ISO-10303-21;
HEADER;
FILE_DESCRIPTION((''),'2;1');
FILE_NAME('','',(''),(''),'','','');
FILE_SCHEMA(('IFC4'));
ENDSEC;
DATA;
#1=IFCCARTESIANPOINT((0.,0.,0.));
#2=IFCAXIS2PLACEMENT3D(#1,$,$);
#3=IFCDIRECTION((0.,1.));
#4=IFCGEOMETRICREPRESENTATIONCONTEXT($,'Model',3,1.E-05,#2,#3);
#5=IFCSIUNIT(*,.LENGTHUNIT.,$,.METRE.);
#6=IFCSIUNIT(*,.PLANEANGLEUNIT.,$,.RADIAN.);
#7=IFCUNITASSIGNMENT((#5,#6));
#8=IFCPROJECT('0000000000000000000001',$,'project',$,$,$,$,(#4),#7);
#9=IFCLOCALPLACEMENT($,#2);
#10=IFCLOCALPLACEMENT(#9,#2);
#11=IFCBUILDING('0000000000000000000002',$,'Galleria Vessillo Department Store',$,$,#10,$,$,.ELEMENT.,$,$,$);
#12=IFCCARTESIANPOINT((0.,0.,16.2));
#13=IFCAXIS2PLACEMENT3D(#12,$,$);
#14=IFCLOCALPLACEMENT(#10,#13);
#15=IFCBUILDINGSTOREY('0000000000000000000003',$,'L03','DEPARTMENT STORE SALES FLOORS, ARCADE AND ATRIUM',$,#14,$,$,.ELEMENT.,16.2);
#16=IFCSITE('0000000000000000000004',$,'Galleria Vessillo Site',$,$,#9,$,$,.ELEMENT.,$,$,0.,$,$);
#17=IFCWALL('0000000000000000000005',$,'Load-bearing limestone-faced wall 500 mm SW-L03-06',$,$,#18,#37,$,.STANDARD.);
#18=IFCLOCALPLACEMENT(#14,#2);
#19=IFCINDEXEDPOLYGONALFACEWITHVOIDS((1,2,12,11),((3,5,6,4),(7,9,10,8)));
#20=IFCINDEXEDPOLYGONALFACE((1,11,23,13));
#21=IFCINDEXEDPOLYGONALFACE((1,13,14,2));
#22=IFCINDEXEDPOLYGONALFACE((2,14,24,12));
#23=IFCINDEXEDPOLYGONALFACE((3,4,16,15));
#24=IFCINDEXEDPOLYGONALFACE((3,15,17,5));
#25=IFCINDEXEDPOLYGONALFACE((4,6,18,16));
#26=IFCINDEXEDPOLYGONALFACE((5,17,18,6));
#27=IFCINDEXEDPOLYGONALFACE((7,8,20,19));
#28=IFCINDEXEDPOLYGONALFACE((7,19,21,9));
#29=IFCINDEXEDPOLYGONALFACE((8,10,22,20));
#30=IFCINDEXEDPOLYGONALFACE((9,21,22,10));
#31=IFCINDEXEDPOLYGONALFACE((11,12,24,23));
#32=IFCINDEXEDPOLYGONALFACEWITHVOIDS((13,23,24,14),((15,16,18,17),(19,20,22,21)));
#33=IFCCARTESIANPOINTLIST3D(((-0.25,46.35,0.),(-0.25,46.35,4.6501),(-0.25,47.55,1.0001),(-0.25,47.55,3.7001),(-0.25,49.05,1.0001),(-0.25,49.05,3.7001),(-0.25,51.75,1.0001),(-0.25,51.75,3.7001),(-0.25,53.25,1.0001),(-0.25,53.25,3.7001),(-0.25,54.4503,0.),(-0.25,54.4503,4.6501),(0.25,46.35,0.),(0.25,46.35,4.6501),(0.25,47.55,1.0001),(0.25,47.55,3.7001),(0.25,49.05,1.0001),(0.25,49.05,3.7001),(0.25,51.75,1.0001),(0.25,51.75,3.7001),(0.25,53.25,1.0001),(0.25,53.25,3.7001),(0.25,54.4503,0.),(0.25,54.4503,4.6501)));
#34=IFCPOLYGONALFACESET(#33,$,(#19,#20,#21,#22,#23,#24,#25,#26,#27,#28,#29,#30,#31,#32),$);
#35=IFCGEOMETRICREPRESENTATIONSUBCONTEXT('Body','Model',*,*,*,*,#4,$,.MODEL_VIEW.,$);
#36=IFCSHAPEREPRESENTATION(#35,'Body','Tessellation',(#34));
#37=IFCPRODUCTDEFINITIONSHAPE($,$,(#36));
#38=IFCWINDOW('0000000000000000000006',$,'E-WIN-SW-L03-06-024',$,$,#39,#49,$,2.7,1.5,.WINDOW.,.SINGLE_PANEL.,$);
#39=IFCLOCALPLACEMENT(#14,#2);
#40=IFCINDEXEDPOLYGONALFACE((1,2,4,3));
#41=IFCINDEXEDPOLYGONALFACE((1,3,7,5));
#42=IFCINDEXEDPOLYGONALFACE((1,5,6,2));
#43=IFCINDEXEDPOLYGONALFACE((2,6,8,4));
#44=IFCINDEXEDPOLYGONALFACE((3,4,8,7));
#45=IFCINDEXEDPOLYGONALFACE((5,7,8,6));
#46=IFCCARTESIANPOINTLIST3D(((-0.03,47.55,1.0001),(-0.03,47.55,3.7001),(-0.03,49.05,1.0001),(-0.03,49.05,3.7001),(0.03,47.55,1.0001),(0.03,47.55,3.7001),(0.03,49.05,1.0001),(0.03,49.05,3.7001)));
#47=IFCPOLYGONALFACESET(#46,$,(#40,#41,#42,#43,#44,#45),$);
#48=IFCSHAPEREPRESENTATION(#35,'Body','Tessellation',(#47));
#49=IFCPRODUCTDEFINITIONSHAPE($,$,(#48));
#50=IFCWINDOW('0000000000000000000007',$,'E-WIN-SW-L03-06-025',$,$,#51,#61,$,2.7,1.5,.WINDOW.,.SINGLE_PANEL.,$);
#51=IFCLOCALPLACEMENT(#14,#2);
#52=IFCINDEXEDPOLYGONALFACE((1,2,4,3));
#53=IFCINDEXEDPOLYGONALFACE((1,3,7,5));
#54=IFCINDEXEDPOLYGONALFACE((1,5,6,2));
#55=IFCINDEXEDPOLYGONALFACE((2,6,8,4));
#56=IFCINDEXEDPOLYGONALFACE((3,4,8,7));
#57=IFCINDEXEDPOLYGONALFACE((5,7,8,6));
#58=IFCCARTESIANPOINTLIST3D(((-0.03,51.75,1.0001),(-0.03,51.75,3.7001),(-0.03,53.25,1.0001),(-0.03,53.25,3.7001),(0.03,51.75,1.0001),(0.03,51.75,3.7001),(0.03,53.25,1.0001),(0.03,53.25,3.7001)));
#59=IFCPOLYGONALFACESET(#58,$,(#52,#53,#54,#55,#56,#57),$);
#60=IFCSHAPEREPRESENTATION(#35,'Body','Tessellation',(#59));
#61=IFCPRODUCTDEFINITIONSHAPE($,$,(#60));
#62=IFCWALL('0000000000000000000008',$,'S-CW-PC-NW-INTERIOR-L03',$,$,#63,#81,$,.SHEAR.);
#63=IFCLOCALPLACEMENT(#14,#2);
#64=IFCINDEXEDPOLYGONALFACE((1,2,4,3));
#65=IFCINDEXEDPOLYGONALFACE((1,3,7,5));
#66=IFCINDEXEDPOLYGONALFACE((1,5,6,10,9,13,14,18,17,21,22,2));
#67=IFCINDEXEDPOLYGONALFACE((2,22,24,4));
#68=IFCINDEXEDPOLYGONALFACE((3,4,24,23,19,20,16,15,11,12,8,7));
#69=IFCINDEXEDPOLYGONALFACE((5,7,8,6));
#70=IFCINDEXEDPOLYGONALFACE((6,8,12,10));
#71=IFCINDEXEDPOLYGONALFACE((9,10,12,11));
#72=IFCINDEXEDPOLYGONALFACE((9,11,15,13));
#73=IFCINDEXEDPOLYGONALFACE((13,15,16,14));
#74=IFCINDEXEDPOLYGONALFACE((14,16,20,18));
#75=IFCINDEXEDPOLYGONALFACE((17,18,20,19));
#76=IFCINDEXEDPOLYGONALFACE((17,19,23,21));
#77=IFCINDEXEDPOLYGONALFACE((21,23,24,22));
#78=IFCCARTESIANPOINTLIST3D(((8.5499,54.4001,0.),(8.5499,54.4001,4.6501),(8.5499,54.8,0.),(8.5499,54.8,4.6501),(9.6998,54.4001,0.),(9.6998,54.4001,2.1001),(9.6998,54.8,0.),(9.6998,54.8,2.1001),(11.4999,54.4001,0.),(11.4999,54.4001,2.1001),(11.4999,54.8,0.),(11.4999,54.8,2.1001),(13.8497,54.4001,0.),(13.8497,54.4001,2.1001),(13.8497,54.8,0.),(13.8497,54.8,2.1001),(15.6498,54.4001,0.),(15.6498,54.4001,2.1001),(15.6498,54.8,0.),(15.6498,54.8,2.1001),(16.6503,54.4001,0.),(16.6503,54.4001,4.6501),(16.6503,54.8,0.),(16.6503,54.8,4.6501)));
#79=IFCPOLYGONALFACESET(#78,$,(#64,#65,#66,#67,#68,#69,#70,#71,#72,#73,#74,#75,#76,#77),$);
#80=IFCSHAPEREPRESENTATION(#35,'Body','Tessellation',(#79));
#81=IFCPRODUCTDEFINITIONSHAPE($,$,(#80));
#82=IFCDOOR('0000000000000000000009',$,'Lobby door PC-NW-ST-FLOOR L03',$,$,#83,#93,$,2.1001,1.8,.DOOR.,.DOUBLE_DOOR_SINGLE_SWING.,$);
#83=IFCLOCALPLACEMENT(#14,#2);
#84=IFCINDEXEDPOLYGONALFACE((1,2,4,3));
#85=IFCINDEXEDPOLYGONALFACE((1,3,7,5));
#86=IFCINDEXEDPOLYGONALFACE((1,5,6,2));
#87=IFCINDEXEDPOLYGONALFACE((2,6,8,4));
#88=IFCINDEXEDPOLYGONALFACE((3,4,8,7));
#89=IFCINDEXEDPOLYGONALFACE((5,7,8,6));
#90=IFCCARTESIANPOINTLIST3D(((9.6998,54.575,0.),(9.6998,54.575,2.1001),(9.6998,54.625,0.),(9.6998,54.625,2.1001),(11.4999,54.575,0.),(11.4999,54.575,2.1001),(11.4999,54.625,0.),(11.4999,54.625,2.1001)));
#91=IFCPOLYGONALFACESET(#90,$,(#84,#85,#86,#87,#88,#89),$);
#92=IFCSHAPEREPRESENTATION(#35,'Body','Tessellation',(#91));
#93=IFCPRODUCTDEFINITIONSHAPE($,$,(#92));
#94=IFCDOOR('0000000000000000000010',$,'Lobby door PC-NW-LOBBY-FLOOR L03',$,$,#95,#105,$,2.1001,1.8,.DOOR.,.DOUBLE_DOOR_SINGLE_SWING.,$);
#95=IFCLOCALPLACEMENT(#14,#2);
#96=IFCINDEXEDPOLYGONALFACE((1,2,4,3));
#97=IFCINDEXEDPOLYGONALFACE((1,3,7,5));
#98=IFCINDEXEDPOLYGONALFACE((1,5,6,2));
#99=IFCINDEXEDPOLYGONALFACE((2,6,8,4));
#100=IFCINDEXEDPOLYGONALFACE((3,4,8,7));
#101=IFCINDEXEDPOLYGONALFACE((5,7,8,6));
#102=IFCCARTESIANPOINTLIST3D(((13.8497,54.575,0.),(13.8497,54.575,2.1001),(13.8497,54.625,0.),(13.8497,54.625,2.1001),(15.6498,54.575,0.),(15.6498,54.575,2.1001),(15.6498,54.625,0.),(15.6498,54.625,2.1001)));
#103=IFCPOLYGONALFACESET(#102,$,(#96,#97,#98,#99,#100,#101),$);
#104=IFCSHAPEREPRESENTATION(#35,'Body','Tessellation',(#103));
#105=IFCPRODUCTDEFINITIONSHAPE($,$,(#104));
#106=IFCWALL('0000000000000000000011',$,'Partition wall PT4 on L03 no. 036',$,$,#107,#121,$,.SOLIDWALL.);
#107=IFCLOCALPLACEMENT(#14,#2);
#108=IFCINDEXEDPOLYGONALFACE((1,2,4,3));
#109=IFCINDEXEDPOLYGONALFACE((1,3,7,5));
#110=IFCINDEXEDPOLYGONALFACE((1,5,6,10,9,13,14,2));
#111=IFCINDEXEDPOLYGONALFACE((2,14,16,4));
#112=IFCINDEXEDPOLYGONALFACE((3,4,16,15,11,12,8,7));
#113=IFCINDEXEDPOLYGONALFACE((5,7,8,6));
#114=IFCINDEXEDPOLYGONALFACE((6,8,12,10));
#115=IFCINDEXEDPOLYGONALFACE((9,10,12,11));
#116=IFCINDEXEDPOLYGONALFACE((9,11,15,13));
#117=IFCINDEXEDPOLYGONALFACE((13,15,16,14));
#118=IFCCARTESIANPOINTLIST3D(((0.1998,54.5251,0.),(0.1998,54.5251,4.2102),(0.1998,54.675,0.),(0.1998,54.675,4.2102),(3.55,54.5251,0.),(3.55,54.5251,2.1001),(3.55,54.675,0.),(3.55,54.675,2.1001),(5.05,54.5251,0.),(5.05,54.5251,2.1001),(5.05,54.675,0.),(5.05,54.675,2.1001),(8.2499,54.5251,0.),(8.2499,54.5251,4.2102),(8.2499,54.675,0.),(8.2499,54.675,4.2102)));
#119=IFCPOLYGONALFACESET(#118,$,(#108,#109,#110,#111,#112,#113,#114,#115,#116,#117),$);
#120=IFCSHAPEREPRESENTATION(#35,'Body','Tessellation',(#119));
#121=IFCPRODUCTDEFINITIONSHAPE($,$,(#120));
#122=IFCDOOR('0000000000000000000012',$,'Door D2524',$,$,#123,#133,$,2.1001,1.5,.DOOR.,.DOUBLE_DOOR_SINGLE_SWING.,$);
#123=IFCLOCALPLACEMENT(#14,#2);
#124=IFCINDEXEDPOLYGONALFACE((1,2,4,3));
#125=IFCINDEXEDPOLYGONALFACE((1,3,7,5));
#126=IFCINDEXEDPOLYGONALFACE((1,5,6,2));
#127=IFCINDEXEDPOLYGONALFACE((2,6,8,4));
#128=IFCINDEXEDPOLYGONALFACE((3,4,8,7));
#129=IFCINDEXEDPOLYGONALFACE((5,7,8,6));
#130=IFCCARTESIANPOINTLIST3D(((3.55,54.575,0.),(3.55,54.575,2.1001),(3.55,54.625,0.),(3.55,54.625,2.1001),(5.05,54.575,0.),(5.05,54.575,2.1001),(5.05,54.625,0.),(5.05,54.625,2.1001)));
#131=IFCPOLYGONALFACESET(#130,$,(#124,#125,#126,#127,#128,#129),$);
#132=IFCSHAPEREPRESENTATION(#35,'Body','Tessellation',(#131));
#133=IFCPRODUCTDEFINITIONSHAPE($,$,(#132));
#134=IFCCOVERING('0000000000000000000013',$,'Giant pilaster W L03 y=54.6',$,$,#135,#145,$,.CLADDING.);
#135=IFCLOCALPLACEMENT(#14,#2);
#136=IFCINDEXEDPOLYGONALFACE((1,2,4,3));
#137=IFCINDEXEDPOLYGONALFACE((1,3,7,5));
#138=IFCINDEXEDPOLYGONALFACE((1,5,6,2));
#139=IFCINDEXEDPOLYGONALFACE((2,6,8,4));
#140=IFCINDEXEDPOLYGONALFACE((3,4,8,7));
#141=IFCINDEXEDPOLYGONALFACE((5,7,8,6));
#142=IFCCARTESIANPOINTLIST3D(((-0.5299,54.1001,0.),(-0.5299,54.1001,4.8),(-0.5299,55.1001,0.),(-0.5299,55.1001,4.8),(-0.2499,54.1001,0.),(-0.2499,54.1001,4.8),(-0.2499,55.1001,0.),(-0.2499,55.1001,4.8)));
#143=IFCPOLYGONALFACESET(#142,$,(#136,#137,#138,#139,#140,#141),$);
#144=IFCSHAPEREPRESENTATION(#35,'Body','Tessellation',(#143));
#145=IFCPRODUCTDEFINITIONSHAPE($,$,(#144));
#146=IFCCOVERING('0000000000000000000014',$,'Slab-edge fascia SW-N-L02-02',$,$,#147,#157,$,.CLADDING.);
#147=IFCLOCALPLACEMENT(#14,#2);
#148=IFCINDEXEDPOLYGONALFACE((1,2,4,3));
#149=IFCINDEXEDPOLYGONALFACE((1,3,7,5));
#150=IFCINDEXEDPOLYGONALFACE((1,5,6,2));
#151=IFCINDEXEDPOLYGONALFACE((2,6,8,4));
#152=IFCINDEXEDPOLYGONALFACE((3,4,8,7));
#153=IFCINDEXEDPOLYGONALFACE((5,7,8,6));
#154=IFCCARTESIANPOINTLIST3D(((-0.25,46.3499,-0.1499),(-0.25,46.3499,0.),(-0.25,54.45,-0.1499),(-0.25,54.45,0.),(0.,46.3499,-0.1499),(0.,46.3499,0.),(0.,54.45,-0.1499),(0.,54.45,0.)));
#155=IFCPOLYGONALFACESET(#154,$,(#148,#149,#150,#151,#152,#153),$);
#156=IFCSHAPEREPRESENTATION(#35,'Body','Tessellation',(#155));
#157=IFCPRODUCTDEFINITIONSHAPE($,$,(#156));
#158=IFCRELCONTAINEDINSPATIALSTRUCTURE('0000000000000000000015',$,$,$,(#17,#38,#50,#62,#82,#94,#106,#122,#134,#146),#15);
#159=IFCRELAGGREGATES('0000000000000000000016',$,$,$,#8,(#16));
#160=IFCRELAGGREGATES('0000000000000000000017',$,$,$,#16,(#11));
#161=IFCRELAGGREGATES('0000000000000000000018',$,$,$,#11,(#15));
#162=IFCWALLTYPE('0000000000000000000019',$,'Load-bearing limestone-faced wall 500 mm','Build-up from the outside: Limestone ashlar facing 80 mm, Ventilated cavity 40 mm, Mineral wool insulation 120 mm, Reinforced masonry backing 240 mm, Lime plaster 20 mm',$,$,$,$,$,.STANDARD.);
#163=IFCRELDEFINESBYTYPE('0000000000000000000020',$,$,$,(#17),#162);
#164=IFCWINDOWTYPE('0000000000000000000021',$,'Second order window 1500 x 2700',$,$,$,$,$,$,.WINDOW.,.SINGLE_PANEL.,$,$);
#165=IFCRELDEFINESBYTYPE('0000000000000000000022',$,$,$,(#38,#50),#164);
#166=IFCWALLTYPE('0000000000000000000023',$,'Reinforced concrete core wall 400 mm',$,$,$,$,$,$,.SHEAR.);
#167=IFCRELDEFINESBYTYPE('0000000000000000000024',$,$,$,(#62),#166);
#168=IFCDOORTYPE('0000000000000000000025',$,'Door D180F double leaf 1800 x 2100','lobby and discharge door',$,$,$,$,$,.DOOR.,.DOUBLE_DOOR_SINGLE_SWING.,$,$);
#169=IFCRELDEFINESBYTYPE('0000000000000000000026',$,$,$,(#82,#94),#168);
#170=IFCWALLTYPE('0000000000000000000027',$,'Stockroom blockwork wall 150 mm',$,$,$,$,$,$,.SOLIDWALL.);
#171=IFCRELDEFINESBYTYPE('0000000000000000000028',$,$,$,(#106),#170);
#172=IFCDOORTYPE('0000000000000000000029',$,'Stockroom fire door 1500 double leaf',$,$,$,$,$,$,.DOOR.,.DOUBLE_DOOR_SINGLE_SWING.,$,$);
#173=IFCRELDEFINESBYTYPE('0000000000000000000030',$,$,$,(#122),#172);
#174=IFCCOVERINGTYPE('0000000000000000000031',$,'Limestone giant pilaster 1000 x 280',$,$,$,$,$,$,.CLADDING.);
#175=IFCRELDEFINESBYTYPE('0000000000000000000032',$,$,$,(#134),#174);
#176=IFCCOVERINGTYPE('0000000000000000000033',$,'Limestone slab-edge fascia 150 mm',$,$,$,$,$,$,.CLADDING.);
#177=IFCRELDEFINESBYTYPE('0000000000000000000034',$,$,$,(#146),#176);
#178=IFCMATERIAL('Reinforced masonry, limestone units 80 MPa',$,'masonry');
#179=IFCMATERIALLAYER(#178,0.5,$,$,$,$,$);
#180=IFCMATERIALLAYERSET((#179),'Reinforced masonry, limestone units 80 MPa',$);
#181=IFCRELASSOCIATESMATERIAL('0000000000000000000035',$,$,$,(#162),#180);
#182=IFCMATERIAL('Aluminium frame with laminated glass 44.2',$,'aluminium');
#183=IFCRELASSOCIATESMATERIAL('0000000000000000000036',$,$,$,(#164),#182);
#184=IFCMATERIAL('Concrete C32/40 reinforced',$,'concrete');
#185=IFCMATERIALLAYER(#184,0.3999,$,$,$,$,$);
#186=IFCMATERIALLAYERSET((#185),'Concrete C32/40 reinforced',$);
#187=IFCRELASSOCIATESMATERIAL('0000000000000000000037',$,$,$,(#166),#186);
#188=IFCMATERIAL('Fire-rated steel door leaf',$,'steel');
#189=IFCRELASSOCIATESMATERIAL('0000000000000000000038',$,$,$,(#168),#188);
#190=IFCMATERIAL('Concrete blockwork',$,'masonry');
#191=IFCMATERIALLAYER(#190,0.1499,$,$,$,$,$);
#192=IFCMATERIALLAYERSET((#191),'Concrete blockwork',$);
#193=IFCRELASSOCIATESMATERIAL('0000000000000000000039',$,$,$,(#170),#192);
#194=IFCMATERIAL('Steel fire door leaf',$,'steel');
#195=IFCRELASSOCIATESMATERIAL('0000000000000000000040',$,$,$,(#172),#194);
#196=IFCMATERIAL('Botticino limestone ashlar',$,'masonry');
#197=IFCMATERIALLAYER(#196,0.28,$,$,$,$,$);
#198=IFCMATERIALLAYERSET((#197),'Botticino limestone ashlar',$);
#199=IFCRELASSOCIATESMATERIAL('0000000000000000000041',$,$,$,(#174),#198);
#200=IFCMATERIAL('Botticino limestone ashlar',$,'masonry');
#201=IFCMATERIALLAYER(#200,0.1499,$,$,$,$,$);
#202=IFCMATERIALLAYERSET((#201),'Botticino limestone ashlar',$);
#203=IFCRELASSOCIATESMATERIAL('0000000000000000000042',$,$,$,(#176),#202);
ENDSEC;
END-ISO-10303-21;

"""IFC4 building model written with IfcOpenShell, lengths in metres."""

from ifc_helpers import new_model, si_unit, direction, frame, frame_2d, origin, origin_2d, place, context, subcontext, project, spatial, rectangle, extrude, material, layer, layer_set, type_object, element, fill, save


model = new_model("IFC4")

# Units and contexts
model_context = context("Model", 3, precision=1e-05, world=origin(), true_north=direction((0.0, 1.0)))
body_context = subcontext(model_context, "Body", "Model", "MODEL_VIEW")
ifc_project = project(units=[si_unit("LENGTHUNIT", "METRE"), si_unit("PLANEANGLEUNIT", "RADIAN")], contexts=[model_context])

# Site, building, storey
site_placement = place(None, origin())
site = spatial("IfcSite", under=ifc_project, at=site_placement, Name="Galleria Vessillo Site", CompositionType="ELEMENT", RefElevation=0.0)
building_placement = place(site_placement, origin())
building = spatial("IfcBuilding", under=site, at=building_placement, Name="Galleria Vessillo Department Store", CompositionType="ELEMENT")
storey_placement = place(building_placement, frame((0.0, 0.0, 16.2)))
storey = spatial("IfcBuildingStorey", under=building, at=storey_placement, Name="L03", Description="DEPARTMENT STORE SALES FLOORS, ARCADE AND ATRIUM", CompositionType="ELEMENT", Elevation=16.2)

# Wall, openings, windows
ifc_material_1 = material(Name="Reinforced masonry, limestone units 80 MPa", Category="masonry")
ifc_layer_1 = layer(ifc_material_1, 0.5)
ifc_layer_set_1 = layer_set([ifc_layer_1], Name="Reinforced masonry, limestone units 80 MPa")
wall_type_1 = type_object("IfcWallType", Name="Load-bearing limestone-faced wall 500 mm", Description="Build-up from the outside: Limestone ashlar facing 80 mm, Ventilated cavity 40 mm, Mineral wool insulation 120 mm, Reinforced masonry backing 240 mm, Lime plaster 20 mm", PredefinedType="STANDARD", material=ifc_layer_set_1)
wall_1_placement = place(storey_placement, frame((0.0, 46.3499, 0.0), z_axis=(0.0, 0.0, 1.0), x_axis=(0.0, 1.0, 0.0)))
wall_1 = element("IfcWall", 1, at=wall_1_placement, inside=storey, type_object=wall_type_1, Name="Load-bearing limestone-faced wall 500 mm SW-L03-06", PredefinedType="STANDARD", context=body_context, shape_type="SweptSolid", body=[
    extrude(rectangle(XDim=8.1003, YDim=0.5, at=frame_2d((4.0503, 0.0))), origin(), (0.0, 0.0, 1.0), 4.6501),
])
opening_1_placement = place(wall_1_placement, frame((1.2002, 0.0, 1.0)))
opening_1 = element("IfcOpeningElement", 2, at=opening_1_placement, cuts=wall_1, PredefinedType="OPENING", context=body_context, shape_type="SweptSolid", body=[
    extrude(rectangle(XDim=1.5, YDim=2.7, at=frame_2d((0.75, 1.3501))), frame((0.0, 0.26, 0.0), z_axis=(0.0, -1.0, 0.0), x_axis=(1.0, 0.0, 0.0)), (0.0, 0.0, 1.0), 0.52),
])
opening_2_placement = place(wall_1_placement, frame((5.4001, 0.0, 1.0)))
opening_2 = element("IfcOpeningElement", 3, at=opening_2_placement, cuts=wall_1, PredefinedType="OPENING", context=body_context, shape_type="SweptSolid", body=[
    extrude(rectangle(XDim=1.5, YDim=2.7, at=frame_2d((0.75, 1.3501))), frame((0.0, 0.26, 0.0), z_axis=(0.0, -1.0, 0.0), x_axis=(1.0, 0.0, 0.0)), (0.0, 0.0, 1.0), 0.52),
])
ifc_material_2 = material(Name="Aluminium frame with laminated glass 44.2", Category="aluminium")
window_type = type_object("IfcWindowType", Name="Second order window 1500 x 2700", PartitioningType="SINGLE_PANEL", PredefinedType="WINDOW", material=ifc_material_2)
window_1_placement = place(opening_1_placement, origin())
window_1 = element("IfcWindow", 4, at=window_1_placement, inside=storey, type_object=window_type, Name="E-WIN-SW-L03-06-024", OverallHeight=2.7, OverallWidth=1.5, PartitioningType="SINGLE_PANEL", PredefinedType="WINDOW", context=body_context, shape_type="SweptSolid", body=[
    extrude(rectangle(XDim=1.5, YDim=2.7, at=frame_2d((0.75, 1.3501))), frame((0.0, 0.03, 0.0), z_axis=(0.0, -1.0, 0.0), x_axis=(1.0, 0.0, 0.0)), (0.0, 0.0, 1.0), 0.0601),
])
fill(opening_1, window_1)
window_2_placement = place(opening_2_placement, origin())
window_2 = element("IfcWindow", 5, at=window_2_placement, inside=storey, type_object=window_type, Name="E-WIN-SW-L03-06-025", OverallHeight=2.7, OverallWidth=1.5, PartitioningType="SINGLE_PANEL", PredefinedType="WINDOW", context=body_context, shape_type="SweptSolid", body=[
    extrude(rectangle(XDim=1.5, YDim=2.7, at=frame_2d((0.75, 1.3501))), frame((0.0, 0.03, 0.0), z_axis=(0.0, -1.0, 0.0), x_axis=(1.0, 0.0, 0.0)), (0.0, 0.0, 1.0), 0.0601),
])
fill(opening_2, window_2)

# Wall, openings, doors
ifc_material_3 = material(Name="Concrete C32/40 reinforced", Category="concrete")
ifc_layer_2 = layer(ifc_material_3, 0.3999)
ifc_layer_set_2 = layer_set([ifc_layer_2], Name="Concrete C32/40 reinforced")
wall_type_2 = type_object("IfcWallType", Name="Reinforced concrete core wall 400 mm", PredefinedType="SHEAR", material=ifc_layer_set_2)
wall_2_placement = place(storey_placement, frame((8.5498, 54.6001, 0.0), z_axis=(0.0, 0.0, 1.0), x_axis=(1.0, 0.0, 0.0)))
wall_2 = element("IfcWall", 6, at=wall_2_placement, inside=storey, type_object=wall_type_2, Name="S-CW-PC-NW-INTERIOR-L03", PredefinedType="SHEAR", context=body_context, shape_type="SweptSolid", body=[
    extrude(rectangle(XDim=8.1003, YDim=0.3999, at=frame_2d((4.0503, 0.0))), origin(), (0.0, 0.0, 1.0), 4.6501),
])
opening_3_placement = place(wall_2_placement, frame((1.1501, 0.0, 0.0)))
opening_3 = element("IfcOpeningElement", 7, at=opening_3_placement, cuts=wall_2, PredefinedType="OPENING", context=body_context, shape_type="SweptSolid", body=[
    extrude(rectangle(XDim=1.8, YDim=2.1001, at=frame_2d((0.8999, 1.05))), frame((0.0, 0.21, 0.0), z_axis=(0.0, -1.0, 0.0), x_axis=(1.0, 0.0, 0.0)), (0.0, 0.0, 1.0), 0.4199),
])
opening_4_placement = place(wall_2_placement, frame((5.3, 0.0, 0.0)))
opening_4 = element("IfcOpeningElement", 8, at=opening_4_placement, cuts=wall_2, PredefinedType="OPENING", context=body_context, shape_type="SweptSolid", body=[
    extrude(rectangle(XDim=1.8, YDim=2.1001, at=frame_2d((0.8999, 1.05))), frame((0.0, 0.21, 0.0), z_axis=(0.0, -1.0, 0.0), x_axis=(1.0, 0.0, 0.0)), (0.0, 0.0, 1.0), 0.4199),
])
ifc_material_4 = material(Name="Fire-rated steel door leaf", Category="steel")
door_type_1 = type_object("IfcDoorType", Name="Door D180F double leaf 1800 x 2100", Description="lobby and discharge door", OperationType="DOUBLE_DOOR_SINGLE_SWING", PredefinedType="DOOR", material=ifc_material_4)
door_1_placement = place(opening_3_placement, origin())
door_1 = element("IfcDoor", 9, at=door_1_placement, inside=storey, type_object=door_type_1, Name="Lobby door PC-NW-ST-FLOOR L03", OperationType="DOUBLE_DOOR_SINGLE_SWING", OverallHeight=2.1001, OverallWidth=1.8, PredefinedType="DOOR", context=body_context, shape_type="SweptSolid", body=[
    extrude(rectangle(XDim=1.8, YDim=2.1001, at=frame_2d((0.8999, 1.05))), frame((0.0, 0.0249, 0.0), z_axis=(0.0, -1.0, 0.0), x_axis=(1.0, 0.0, 0.0)), (0.0, 0.0, 1.0), 0.05),
])
fill(opening_3, door_1)
door_2_placement = place(opening_4_placement, origin())
door_2 = element("IfcDoor", 10, at=door_2_placement, inside=storey, type_object=door_type_1, Name="Lobby door PC-NW-LOBBY-FLOOR L03", OperationType="DOUBLE_DOOR_SINGLE_SWING", OverallHeight=2.1001, OverallWidth=1.8, PredefinedType="DOOR", context=body_context, shape_type="SweptSolid", body=[
    extrude(rectangle(XDim=1.8, YDim=2.1001, at=frame_2d((0.8999, 1.05))), frame((0.0, 0.0249, 0.0), z_axis=(0.0, -1.0, 0.0), x_axis=(1.0, 0.0, 0.0)), (0.0, 0.0, 1.0), 0.05),
])
fill(opening_4, door_2)

# Wall, opening, door
ifc_material_5 = material(Name="Concrete blockwork", Category="masonry")
ifc_layer_3 = layer(ifc_material_5, 0.1499)
ifc_layer_set_3 = layer_set([ifc_layer_3], Name="Concrete blockwork")
wall_type_3 = type_object("IfcWallType", Name="Stockroom blockwork wall 150 mm", PredefinedType="SOLIDWALL", material=ifc_layer_set_3)
wall_3_placement = place(storey_placement, frame((0.2, 54.6001, 0.0), z_axis=(0.0, 0.0, 1.0), x_axis=(1.0, 0.0, 0.0)))
wall_3 = element("IfcWall", 11, at=wall_3_placement, inside=storey, type_object=wall_type_3, Name="Partition wall PT4 on L03 no. 036", PredefinedType="SOLIDWALL", context=body_context, shape_type="SweptSolid", body=[
    extrude(rectangle(XDim=8.05, YDim=0.1499, at=frame_2d((4.0249, 0.0))), origin(), (0.0, 0.0, 1.0), 4.2102),
])
opening_5_placement = place(wall_3_placement, frame((3.3501, 0.0, 0.0)))
opening_5 = element("IfcOpeningElement", 12, at=opening_5_placement, cuts=wall_3, PredefinedType="OPENING", context=body_context, shape_type="SweptSolid", body=[
    extrude(rectangle(XDim=1.5, YDim=2.1001, at=frame_2d((0.75, 1.05))), frame((0.0, 0.085, 0.0), z_axis=(0.0, -1.0, 0.0), x_axis=(1.0, 0.0, 0.0)), (0.0, 0.0, 1.0), 0.1699),
])
ifc_material_6 = material(Name="Steel fire door leaf", Category="steel")
door_type_2 = type_object("IfcDoorType", Name="Stockroom fire door 1500 double leaf", OperationType="DOUBLE_DOOR_SINGLE_SWING", PredefinedType="DOOR", material=ifc_material_6)
door_3_placement = place(opening_5_placement, origin())
door_3 = element("IfcDoor", 13, at=door_3_placement, inside=storey, type_object=door_type_2, Name="Door D2524", OperationType="DOUBLE_DOOR_SINGLE_SWING", OverallHeight=2.1001, OverallWidth=1.5, PredefinedType="DOOR", context=body_context, shape_type="SweptSolid", body=[
    extrude(rectangle(XDim=1.5, YDim=2.1001, at=frame_2d((0.75, 1.05))), frame((0.0, 0.0249, 0.0), z_axis=(0.0, -1.0, 0.0), x_axis=(1.0, 0.0, 0.0)), (0.0, 0.0, 1.0), 0.05),
])
fill(opening_5, door_3)

# Coverings
ifc_material_7 = material(Name="Botticino limestone ashlar", Category="masonry")
ifc_layer_4 = layer(ifc_material_7, 0.28)
ifc_layer_set_4 = layer_set([ifc_layer_4], Name="Botticino limestone ashlar")
covering_type_1 = type_object("IfcCoveringType", Name="Limestone giant pilaster 1000 x 280", PredefinedType="CLADDING", material=ifc_layer_set_4)
covering_1_placement = place(storey_placement, frame((-0.3899, 54.6001, 0.0), z_axis=(0.0, 0.0, 1.0), x_axis=(1.0, 0.0, 0.0)))
element("IfcCovering", 14, at=covering_1_placement, inside=storey, type_object=covering_type_1, Name="Giant pilaster W L03 y=54.6", PredefinedType="CLADDING", context=body_context, shape_type="SweptSolid", body=[
    extrude(rectangle(XDim=0.28, YDim=1.0, at=origin_2d()), origin(), (0.0, 0.0, 1.0), 4.8),
])
ifc_material_8 = material(Name="Botticino limestone ashlar", Category="masonry")
ifc_layer_5 = layer(ifc_material_8, 0.1499)
ifc_layer_set_5 = layer_set([ifc_layer_5], Name="Botticino limestone ashlar")
covering_type_2 = type_object("IfcCoveringType", Name="Limestone slab-edge fascia 150 mm", PredefinedType="CLADDING", material=ifc_layer_set_5)
covering_2_placement = place(storey_placement, frame((-0.125, 50.3999, -0.1499), z_axis=(0.0, 0.0, 1.0), x_axis=(1.0, 0.0, 0.0)))
element("IfcCovering", 15, at=covering_2_placement, inside=storey, type_object=covering_type_2, Name="Slab-edge fascia SW-N-L02-02", PredefinedType="CLADDING", context=body_context, shape_type="SweptSolid", body=[
    extrude(rectangle(XDim=0.25, YDim=8.1001, at=origin_2d()), origin(), (0.0, 0.0, 1.0), 0.1499),
])

save(model, "model.ifc")
